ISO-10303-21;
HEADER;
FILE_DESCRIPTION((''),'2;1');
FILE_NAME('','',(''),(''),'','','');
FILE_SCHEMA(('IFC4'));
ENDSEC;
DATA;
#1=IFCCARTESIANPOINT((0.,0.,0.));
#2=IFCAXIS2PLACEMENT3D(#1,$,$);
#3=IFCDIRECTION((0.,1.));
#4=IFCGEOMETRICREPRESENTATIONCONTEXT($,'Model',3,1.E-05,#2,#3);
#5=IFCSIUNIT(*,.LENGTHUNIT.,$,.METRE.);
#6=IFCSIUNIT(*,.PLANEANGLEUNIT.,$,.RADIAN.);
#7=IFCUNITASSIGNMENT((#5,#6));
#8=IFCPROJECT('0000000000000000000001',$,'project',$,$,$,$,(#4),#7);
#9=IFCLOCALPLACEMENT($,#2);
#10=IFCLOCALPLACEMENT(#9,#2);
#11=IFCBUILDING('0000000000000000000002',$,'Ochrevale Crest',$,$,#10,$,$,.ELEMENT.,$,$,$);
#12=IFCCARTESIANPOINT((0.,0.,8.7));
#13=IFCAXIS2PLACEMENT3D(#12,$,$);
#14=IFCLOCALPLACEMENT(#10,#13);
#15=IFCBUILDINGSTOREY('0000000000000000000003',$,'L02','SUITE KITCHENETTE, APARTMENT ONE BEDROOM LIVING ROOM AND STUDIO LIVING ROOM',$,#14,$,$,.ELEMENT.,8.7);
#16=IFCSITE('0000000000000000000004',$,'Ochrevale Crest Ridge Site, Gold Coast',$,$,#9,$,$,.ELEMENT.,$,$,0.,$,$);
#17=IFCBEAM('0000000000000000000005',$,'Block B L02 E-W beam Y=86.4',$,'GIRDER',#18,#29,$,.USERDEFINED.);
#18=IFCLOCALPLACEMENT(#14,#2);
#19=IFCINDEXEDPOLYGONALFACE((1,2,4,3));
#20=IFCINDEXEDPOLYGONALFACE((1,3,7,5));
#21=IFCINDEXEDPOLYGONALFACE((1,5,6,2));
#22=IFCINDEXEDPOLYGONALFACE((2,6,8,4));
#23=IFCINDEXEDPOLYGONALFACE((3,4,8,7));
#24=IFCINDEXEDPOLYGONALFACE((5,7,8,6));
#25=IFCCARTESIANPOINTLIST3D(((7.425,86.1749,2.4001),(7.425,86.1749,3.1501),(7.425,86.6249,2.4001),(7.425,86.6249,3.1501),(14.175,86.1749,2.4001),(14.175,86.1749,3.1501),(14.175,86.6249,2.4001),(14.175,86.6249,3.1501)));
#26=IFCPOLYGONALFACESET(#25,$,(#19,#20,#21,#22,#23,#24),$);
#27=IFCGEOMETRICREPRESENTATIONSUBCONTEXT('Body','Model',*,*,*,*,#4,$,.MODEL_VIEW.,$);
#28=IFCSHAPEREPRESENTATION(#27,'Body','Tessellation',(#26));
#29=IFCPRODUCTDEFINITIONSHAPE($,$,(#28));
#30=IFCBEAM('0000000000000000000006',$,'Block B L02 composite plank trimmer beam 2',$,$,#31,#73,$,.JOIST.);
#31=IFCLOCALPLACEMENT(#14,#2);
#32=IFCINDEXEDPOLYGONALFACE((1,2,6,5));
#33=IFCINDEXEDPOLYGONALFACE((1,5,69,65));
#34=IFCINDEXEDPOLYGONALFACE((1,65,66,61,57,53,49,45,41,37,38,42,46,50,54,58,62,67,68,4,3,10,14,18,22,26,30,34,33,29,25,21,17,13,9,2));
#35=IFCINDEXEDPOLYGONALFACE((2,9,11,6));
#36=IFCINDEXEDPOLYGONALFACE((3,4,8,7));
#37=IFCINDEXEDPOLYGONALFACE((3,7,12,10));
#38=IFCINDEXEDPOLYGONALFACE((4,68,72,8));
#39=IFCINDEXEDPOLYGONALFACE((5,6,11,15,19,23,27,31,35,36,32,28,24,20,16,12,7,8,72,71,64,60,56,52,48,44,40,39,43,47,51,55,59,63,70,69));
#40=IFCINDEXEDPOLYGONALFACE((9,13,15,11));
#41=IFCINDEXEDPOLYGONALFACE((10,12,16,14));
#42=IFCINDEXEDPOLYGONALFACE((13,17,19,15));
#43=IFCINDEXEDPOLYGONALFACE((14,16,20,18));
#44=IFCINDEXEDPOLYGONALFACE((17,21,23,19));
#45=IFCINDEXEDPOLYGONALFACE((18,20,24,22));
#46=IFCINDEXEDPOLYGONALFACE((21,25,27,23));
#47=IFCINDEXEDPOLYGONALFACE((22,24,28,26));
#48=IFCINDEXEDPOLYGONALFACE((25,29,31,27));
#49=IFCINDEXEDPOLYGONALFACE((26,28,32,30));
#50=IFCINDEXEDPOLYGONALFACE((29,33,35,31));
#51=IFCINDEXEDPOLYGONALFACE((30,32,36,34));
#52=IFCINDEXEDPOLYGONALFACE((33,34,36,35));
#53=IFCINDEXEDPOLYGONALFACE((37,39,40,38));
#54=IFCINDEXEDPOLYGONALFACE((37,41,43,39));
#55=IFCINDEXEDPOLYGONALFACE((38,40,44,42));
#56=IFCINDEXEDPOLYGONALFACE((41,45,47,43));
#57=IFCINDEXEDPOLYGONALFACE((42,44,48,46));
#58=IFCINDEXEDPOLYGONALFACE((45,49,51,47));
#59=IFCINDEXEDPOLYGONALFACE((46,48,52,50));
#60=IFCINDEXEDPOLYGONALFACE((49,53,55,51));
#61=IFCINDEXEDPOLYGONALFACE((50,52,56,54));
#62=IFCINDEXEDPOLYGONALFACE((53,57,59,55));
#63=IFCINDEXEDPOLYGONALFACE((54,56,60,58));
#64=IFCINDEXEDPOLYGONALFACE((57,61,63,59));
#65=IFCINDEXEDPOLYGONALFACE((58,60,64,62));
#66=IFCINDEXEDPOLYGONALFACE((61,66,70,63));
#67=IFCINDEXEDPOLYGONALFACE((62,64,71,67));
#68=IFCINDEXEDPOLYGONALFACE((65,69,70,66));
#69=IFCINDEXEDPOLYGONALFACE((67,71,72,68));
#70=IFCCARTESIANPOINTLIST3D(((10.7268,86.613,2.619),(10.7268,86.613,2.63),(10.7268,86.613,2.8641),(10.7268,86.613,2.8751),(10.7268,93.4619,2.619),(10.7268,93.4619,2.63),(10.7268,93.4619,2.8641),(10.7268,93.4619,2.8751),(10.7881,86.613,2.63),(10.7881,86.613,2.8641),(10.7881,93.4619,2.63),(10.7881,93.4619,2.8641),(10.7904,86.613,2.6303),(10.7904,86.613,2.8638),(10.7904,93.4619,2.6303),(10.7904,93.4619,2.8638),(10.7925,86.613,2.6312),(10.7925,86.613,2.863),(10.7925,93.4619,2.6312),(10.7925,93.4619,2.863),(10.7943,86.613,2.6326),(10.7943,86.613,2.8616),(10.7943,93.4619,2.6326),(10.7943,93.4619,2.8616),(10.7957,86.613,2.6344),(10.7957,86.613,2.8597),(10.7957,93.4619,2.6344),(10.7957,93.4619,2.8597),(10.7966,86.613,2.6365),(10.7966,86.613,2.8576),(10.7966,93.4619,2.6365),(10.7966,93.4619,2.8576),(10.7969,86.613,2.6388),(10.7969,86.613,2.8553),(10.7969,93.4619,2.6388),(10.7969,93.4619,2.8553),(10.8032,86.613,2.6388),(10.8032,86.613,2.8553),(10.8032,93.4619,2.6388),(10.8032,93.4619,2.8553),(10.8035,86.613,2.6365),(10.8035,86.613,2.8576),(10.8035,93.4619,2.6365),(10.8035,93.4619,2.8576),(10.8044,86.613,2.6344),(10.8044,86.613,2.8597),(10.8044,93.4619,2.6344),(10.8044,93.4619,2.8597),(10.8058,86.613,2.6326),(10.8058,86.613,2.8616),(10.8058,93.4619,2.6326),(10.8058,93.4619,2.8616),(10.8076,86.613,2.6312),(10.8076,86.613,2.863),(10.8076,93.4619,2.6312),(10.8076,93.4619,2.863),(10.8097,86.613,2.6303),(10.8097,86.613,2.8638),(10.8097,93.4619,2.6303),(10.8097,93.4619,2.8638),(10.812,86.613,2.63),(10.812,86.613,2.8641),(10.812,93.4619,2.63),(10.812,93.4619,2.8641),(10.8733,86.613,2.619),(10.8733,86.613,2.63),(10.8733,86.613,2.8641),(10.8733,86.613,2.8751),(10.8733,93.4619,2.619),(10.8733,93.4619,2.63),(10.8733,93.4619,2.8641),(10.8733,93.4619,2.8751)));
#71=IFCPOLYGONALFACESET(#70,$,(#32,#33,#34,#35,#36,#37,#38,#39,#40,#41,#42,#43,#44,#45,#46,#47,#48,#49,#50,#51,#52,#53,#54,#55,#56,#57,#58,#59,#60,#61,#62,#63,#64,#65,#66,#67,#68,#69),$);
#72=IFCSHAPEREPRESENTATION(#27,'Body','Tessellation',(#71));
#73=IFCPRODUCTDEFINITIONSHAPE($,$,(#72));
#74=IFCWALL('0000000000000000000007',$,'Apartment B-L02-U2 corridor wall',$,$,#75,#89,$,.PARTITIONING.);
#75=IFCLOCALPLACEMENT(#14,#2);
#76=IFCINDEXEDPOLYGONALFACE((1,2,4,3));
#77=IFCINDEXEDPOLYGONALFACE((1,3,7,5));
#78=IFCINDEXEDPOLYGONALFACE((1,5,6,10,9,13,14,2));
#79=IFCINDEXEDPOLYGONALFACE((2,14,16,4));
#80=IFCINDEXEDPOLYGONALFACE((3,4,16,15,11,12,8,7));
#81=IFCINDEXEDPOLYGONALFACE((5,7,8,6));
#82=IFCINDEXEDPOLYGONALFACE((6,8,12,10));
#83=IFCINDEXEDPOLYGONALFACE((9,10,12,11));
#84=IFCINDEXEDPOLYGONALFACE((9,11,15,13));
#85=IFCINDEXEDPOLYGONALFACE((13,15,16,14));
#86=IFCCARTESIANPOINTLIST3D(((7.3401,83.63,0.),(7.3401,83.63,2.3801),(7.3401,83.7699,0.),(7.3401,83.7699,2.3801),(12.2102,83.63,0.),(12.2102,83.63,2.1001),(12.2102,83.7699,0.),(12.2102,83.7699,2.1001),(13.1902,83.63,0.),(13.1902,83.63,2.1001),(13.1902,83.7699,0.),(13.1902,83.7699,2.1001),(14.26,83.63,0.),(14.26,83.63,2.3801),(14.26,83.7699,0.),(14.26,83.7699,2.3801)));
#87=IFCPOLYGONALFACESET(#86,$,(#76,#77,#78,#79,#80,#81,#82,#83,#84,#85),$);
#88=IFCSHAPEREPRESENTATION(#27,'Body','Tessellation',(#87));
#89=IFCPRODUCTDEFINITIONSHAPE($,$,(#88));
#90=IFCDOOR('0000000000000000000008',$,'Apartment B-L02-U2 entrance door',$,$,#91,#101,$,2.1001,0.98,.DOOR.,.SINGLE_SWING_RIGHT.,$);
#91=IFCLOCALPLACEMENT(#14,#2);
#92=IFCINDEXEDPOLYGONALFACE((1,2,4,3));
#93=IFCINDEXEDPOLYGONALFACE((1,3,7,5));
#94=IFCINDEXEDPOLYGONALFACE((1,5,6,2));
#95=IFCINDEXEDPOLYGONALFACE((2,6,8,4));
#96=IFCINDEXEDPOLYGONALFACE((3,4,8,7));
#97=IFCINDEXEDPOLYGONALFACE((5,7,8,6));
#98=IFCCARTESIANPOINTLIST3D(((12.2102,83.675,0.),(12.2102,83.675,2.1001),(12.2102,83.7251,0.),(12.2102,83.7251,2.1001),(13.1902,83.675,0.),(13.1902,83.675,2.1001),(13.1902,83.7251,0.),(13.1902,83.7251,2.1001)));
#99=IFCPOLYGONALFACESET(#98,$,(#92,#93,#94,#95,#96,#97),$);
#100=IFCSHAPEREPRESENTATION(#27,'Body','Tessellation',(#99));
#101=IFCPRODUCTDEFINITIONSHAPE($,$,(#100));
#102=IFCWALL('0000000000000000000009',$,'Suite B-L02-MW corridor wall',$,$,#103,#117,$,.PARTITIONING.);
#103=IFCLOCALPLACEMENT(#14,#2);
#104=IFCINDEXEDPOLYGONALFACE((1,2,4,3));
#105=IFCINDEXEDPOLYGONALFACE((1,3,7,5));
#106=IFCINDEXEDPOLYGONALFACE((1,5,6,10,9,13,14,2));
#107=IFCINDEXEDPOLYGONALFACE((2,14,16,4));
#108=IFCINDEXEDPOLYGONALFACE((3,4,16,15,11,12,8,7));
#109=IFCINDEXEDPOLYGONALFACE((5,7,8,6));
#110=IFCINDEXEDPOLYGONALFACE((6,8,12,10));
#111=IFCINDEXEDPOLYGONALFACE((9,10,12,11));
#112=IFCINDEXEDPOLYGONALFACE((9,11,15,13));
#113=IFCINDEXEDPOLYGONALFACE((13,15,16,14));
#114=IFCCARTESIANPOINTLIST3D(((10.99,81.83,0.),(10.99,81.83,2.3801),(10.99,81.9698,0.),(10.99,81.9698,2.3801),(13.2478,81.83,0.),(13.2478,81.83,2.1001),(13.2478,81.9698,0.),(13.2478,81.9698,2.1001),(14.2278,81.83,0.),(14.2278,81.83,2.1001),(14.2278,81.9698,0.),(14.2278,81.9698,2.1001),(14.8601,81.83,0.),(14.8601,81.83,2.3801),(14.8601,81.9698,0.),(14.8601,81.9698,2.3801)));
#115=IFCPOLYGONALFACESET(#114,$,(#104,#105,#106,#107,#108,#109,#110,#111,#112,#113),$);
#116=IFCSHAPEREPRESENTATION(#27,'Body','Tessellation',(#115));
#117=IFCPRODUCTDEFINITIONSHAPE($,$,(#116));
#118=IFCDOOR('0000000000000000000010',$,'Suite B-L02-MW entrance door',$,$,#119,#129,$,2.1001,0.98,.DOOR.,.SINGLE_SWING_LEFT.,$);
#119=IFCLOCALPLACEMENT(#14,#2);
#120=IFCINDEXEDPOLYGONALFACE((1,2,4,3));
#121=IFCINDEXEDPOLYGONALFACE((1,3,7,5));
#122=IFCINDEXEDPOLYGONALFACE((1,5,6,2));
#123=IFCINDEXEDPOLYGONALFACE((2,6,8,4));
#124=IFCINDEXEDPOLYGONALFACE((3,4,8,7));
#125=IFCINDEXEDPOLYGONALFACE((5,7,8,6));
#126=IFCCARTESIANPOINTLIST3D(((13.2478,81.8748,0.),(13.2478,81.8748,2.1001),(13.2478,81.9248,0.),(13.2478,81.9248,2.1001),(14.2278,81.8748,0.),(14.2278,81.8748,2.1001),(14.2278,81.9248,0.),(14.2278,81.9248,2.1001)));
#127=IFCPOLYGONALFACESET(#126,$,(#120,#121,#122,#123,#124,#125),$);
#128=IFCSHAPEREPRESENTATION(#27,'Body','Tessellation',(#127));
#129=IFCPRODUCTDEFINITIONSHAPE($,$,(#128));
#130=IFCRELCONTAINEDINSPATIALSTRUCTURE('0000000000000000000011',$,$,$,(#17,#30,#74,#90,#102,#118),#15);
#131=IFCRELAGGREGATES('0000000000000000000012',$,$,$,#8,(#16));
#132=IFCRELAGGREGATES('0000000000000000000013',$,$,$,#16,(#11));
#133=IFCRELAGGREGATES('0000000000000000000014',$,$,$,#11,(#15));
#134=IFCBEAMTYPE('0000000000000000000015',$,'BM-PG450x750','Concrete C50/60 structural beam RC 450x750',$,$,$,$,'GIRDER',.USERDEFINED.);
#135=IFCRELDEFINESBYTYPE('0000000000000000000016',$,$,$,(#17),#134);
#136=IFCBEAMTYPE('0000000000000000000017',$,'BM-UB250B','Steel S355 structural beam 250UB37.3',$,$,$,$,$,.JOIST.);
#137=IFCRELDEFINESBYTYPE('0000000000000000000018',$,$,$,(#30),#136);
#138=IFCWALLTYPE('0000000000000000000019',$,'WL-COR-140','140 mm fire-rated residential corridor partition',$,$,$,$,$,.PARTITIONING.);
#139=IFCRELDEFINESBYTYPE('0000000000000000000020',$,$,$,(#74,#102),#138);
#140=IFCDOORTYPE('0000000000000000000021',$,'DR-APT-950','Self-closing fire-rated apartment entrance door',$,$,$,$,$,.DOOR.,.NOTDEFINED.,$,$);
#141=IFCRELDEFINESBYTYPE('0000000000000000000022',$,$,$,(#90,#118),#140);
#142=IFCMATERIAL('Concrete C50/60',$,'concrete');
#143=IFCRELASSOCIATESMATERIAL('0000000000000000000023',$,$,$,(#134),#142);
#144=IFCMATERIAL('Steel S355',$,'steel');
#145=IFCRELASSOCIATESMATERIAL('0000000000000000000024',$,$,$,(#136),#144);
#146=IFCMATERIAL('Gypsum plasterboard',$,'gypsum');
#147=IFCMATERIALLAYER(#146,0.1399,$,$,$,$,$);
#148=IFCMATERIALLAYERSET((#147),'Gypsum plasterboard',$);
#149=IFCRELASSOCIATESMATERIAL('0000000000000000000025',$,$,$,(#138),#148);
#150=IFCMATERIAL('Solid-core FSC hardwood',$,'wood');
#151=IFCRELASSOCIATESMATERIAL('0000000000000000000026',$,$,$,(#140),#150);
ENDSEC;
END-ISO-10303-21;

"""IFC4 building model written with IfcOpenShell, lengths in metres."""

from ifc_helpers import new_model, si_unit, direction, frame, frame_2d, origin, origin_2d, place, context, subcontext, project, spatial, rectangle, i_section, extrude, material, layer, layer_set, material_profile, profile_set, type_object, element, fill, save


model = new_model("IFC4")

# Units and contexts
model_context = context("Model", 3, precision=1e-05, world=origin(), true_north=direction((0.0, 1.0)))
body_context = subcontext(model_context, "Body", "Model", "MODEL_VIEW")
ifc_project = project(units=[si_unit("LENGTHUNIT", "METRE"), si_unit("PLANEANGLEUNIT", "RADIAN")], contexts=[model_context])

# Site, building, storey
site_placement = place(None, origin())
site = spatial("IfcSite", under=ifc_project, at=site_placement, Name="Ochrevale Crest Ridge Site, Gold Coast", CompositionType="ELEMENT", RefElevation=0.0)
building_placement = place(site_placement, origin())
building = spatial("IfcBuilding", under=site, at=building_placement, Name="Ochrevale Crest", CompositionType="ELEMENT")
storey_placement = place(building_placement, frame((0.0, 0.0, 8.7)))
storey = spatial("IfcBuildingStorey", under=building, at=storey_placement, Name="L02", Description="SUITE KITCHENETTE, APARTMENT ONE BEDROOM LIVING ROOM AND STUDIO LIVING ROOM", CompositionType="ELEMENT", Elevation=8.7)

# Beams
ifc_material_1 = material(Name="Concrete C50/60", Category="concrete")
ifc_material_profile_1 = material_profile(ifc_material_1, rectangle(XDim=0.45, YDim=0.75, at=origin_2d()), Name="RC 450x750")
ifc_profile_set_1 = profile_set([ifc_material_profile_1], Name="Concrete C50/60")
beam_type_1 = type_object("IfcBeamType", Name="BM-PG450x750", Description="Concrete C50/60 structural beam RC 450x750", ElementType="GIRDER", PredefinedType="USERDEFINED", material=ifc_profile_set_1)
beam_1_placement = place(storey_placement, frame((7.425, 86.3999, 2.7751), z_axis=(1.0, 0.0, 0.0), x_axis=(0.0, 1.0, 0.0)))
element("IfcBeam", 1, at=beam_1_placement, inside=storey, type_object=beam_type_1, Name="Block B L02 E-W beam Y=86.4", ObjectType="GIRDER", PredefinedType="USERDEFINED", context=body_context, shape_type="SweptSolid", body=[
    extrude(rectangle(XDim=0.45, YDim=0.75, at=origin_2d()), origin(), (0.0, 0.0, 1.0), 6.75),
])
ifc_material_2 = material(Name="Steel S355", Category="steel")
ifc_material_profile_2 = material_profile(ifc_material_2, i_section(OverallWidth=0.1465, OverallDepth=0.2561, WebThickness=0.0063, FlangeThickness=0.011, FilletRadius=0.0088, at=origin_2d()), Name="250UB37.3")
ifc_profile_set_2 = profile_set([ifc_material_profile_2], Name="Steel S355")
beam_type_2 = type_object("IfcBeamType", Name="BM-UB250B", Description="Steel S355 structural beam 250UB37.3", PredefinedType="JOIST", material=ifc_profile_set_2)
beam_2_placement = place(storey_placement, frame((10.8, 86.613, 2.7471), z_axis=(0.0, 1.0, 0.0), x_axis=(-1.0, 0.0, 0.0)))
element("IfcBeam", 2, at=beam_2_placement, inside=storey, type_object=beam_type_2, Name="Block B L02 composite plank trimmer beam 2", PredefinedType="JOIST", context=body_context, shape_type="SweptSolid", body=[
    extrude(i_section(OverallWidth=0.1465, OverallDepth=0.2561, WebThickness=0.0063, FlangeThickness=0.011, FilletRadius=0.0088, at=origin_2d()), origin(), (0.0, 0.0, 1.0), 6.8489),
])

# Walls, openings, doors
ifc_material_3 = material(Name="Gypsum plasterboard", Category="gypsum")
ifc_layer_1 = layer(ifc_material_3, 0.1399)
ifc_layer_set_1 = layer_set([ifc_layer_1], Name="Gypsum plasterboard")
wall_type_1 = type_object("IfcWallType", Name="WL-COR-140", Description="140 mm fire-rated residential corridor partition", PredefinedType="PARTITIONING", material=ifc_layer_set_1)
wall_1_placement = place(storey_placement, frame((7.3401, 83.7, 0.0), z_axis=(0.0, 0.0, 1.0), x_axis=(1.0, 0.0, 0.0)))
wall_1 = element("IfcWall", 3, at=wall_1_placement, inside=storey, type_object=wall_type_1, Name="Apartment B-L02-U2 corridor wall", PredefinedType="PARTITIONING", context=body_context, shape_type="SweptSolid", body=[
    extrude(rectangle(XDim=6.9199, YDim=0.1399, at=frame_2d((3.46, 0.0))), origin(), (0.0, 0.0, 1.0), 2.3801),
])
opening_1_placement = place(wall_1_placement, frame((5.8501, 0.0, 0.0), z_axis=(0.0, 0.0, 1.0), x_axis=(-1.0, 0.0, 0.0)))
opening_1 = element("IfcOpeningElement", 4, at=opening_1_placement, cuts=wall_1, PredefinedType="OPENING", context=body_context, shape_type="SweptSolid", body=[
    extrude(rectangle(XDim=0.98, YDim=2.1001, at=frame_2d((0.49, 1.05))), frame((0.0, 0.0801, 0.0), z_axis=(0.0, -1.0, 0.0), x_axis=(1.0, 0.0, 0.0)), (0.0, 0.0, 1.0), 0.1599),
])
ifc_material_4 = material(Name="Solid-core FSC hardwood", Category="wood")
door_type_1 = type_object("IfcDoorType", Name="DR-APT-950", Description="Self-closing fire-rated apartment entrance door", OperationType="NOTDEFINED", PredefinedType="DOOR", material=ifc_material_4)
door_1_placement = place(opening_1_placement, origin())
door_1 = element("IfcDoor", 5, at=door_1_placement, inside=storey, type_object=door_type_1, Name="Apartment B-L02-U2 entrance door", OperationType="SINGLE_SWING_RIGHT", OverallHeight=2.1001, OverallWidth=0.98, PredefinedType="DOOR", context=body_context, shape_type="SweptSolid", body=[
    extrude(rectangle(XDim=0.98, YDim=2.1001, at=frame_2d((0.49, 1.05))), frame((0.0, 0.0249, 0.0), z_axis=(0.0, -1.0, 0.0), x_axis=(1.0, 0.0, 0.0)), (0.0, 0.0, 1.0), 0.05),
])
fill(opening_1, door_1)
wall_2_placement = place(storey_placement, frame((10.99, 81.8999, 0.0), z_axis=(0.0, 0.0, 1.0), x_axis=(1.0, 0.0, 0.0)))
wall_2 = element("IfcWall", 6, at=wall_2_placement, inside=storey, type_object=wall_type_1, Name="Suite B-L02-MW corridor wall", PredefinedType="PARTITIONING", context=body_context, shape_type="SweptSolid", body=[
    extrude(rectangle(XDim=3.8701, YDim=0.1399, at=frame_2d((1.9351, 0.0))), origin(), (0.0, 0.0, 1.0), 2.3801),
])
opening_2_placement = place(wall_2_placement, frame((2.2578, 0.0, 0.0)))
opening_2 = element("IfcOpeningElement", 7, at=opening_2_placement, cuts=wall_2, PredefinedType="OPENING", context=body_context, shape_type="SweptSolid", body=[
    extrude(rectangle(XDim=0.98, YDim=2.1001, at=frame_2d((0.49, 1.05))), frame((0.0, 0.0801, 0.0), z_axis=(0.0, -1.0, 0.0), x_axis=(1.0, 0.0, 0.0)), (0.0, 0.0, 1.0), 0.1599),
])
door_2_placement = place(opening_2_placement, origin())
door_2 = element("IfcDoor", 8, at=door_2_placement, inside=storey, type_object=door_type_1, Name="Suite B-L02-MW entrance door", OperationType="SINGLE_SWING_LEFT", OverallHeight=2.1001, OverallWidth=0.98, PredefinedType="DOOR", context=body_context, shape_type="SweptSolid", body=[
    extrude(rectangle(XDim=0.98, YDim=2.1001, at=frame_2d((0.49, 1.05))), frame((0.0, 0.0249, 0.0), z_axis=(0.0, -1.0, 0.0), x_axis=(1.0, 0.0, 0.0)), (0.0, 0.0, 1.0), 0.05),
])
fill(opening_2, door_2)

save(model, "model.ifc")
